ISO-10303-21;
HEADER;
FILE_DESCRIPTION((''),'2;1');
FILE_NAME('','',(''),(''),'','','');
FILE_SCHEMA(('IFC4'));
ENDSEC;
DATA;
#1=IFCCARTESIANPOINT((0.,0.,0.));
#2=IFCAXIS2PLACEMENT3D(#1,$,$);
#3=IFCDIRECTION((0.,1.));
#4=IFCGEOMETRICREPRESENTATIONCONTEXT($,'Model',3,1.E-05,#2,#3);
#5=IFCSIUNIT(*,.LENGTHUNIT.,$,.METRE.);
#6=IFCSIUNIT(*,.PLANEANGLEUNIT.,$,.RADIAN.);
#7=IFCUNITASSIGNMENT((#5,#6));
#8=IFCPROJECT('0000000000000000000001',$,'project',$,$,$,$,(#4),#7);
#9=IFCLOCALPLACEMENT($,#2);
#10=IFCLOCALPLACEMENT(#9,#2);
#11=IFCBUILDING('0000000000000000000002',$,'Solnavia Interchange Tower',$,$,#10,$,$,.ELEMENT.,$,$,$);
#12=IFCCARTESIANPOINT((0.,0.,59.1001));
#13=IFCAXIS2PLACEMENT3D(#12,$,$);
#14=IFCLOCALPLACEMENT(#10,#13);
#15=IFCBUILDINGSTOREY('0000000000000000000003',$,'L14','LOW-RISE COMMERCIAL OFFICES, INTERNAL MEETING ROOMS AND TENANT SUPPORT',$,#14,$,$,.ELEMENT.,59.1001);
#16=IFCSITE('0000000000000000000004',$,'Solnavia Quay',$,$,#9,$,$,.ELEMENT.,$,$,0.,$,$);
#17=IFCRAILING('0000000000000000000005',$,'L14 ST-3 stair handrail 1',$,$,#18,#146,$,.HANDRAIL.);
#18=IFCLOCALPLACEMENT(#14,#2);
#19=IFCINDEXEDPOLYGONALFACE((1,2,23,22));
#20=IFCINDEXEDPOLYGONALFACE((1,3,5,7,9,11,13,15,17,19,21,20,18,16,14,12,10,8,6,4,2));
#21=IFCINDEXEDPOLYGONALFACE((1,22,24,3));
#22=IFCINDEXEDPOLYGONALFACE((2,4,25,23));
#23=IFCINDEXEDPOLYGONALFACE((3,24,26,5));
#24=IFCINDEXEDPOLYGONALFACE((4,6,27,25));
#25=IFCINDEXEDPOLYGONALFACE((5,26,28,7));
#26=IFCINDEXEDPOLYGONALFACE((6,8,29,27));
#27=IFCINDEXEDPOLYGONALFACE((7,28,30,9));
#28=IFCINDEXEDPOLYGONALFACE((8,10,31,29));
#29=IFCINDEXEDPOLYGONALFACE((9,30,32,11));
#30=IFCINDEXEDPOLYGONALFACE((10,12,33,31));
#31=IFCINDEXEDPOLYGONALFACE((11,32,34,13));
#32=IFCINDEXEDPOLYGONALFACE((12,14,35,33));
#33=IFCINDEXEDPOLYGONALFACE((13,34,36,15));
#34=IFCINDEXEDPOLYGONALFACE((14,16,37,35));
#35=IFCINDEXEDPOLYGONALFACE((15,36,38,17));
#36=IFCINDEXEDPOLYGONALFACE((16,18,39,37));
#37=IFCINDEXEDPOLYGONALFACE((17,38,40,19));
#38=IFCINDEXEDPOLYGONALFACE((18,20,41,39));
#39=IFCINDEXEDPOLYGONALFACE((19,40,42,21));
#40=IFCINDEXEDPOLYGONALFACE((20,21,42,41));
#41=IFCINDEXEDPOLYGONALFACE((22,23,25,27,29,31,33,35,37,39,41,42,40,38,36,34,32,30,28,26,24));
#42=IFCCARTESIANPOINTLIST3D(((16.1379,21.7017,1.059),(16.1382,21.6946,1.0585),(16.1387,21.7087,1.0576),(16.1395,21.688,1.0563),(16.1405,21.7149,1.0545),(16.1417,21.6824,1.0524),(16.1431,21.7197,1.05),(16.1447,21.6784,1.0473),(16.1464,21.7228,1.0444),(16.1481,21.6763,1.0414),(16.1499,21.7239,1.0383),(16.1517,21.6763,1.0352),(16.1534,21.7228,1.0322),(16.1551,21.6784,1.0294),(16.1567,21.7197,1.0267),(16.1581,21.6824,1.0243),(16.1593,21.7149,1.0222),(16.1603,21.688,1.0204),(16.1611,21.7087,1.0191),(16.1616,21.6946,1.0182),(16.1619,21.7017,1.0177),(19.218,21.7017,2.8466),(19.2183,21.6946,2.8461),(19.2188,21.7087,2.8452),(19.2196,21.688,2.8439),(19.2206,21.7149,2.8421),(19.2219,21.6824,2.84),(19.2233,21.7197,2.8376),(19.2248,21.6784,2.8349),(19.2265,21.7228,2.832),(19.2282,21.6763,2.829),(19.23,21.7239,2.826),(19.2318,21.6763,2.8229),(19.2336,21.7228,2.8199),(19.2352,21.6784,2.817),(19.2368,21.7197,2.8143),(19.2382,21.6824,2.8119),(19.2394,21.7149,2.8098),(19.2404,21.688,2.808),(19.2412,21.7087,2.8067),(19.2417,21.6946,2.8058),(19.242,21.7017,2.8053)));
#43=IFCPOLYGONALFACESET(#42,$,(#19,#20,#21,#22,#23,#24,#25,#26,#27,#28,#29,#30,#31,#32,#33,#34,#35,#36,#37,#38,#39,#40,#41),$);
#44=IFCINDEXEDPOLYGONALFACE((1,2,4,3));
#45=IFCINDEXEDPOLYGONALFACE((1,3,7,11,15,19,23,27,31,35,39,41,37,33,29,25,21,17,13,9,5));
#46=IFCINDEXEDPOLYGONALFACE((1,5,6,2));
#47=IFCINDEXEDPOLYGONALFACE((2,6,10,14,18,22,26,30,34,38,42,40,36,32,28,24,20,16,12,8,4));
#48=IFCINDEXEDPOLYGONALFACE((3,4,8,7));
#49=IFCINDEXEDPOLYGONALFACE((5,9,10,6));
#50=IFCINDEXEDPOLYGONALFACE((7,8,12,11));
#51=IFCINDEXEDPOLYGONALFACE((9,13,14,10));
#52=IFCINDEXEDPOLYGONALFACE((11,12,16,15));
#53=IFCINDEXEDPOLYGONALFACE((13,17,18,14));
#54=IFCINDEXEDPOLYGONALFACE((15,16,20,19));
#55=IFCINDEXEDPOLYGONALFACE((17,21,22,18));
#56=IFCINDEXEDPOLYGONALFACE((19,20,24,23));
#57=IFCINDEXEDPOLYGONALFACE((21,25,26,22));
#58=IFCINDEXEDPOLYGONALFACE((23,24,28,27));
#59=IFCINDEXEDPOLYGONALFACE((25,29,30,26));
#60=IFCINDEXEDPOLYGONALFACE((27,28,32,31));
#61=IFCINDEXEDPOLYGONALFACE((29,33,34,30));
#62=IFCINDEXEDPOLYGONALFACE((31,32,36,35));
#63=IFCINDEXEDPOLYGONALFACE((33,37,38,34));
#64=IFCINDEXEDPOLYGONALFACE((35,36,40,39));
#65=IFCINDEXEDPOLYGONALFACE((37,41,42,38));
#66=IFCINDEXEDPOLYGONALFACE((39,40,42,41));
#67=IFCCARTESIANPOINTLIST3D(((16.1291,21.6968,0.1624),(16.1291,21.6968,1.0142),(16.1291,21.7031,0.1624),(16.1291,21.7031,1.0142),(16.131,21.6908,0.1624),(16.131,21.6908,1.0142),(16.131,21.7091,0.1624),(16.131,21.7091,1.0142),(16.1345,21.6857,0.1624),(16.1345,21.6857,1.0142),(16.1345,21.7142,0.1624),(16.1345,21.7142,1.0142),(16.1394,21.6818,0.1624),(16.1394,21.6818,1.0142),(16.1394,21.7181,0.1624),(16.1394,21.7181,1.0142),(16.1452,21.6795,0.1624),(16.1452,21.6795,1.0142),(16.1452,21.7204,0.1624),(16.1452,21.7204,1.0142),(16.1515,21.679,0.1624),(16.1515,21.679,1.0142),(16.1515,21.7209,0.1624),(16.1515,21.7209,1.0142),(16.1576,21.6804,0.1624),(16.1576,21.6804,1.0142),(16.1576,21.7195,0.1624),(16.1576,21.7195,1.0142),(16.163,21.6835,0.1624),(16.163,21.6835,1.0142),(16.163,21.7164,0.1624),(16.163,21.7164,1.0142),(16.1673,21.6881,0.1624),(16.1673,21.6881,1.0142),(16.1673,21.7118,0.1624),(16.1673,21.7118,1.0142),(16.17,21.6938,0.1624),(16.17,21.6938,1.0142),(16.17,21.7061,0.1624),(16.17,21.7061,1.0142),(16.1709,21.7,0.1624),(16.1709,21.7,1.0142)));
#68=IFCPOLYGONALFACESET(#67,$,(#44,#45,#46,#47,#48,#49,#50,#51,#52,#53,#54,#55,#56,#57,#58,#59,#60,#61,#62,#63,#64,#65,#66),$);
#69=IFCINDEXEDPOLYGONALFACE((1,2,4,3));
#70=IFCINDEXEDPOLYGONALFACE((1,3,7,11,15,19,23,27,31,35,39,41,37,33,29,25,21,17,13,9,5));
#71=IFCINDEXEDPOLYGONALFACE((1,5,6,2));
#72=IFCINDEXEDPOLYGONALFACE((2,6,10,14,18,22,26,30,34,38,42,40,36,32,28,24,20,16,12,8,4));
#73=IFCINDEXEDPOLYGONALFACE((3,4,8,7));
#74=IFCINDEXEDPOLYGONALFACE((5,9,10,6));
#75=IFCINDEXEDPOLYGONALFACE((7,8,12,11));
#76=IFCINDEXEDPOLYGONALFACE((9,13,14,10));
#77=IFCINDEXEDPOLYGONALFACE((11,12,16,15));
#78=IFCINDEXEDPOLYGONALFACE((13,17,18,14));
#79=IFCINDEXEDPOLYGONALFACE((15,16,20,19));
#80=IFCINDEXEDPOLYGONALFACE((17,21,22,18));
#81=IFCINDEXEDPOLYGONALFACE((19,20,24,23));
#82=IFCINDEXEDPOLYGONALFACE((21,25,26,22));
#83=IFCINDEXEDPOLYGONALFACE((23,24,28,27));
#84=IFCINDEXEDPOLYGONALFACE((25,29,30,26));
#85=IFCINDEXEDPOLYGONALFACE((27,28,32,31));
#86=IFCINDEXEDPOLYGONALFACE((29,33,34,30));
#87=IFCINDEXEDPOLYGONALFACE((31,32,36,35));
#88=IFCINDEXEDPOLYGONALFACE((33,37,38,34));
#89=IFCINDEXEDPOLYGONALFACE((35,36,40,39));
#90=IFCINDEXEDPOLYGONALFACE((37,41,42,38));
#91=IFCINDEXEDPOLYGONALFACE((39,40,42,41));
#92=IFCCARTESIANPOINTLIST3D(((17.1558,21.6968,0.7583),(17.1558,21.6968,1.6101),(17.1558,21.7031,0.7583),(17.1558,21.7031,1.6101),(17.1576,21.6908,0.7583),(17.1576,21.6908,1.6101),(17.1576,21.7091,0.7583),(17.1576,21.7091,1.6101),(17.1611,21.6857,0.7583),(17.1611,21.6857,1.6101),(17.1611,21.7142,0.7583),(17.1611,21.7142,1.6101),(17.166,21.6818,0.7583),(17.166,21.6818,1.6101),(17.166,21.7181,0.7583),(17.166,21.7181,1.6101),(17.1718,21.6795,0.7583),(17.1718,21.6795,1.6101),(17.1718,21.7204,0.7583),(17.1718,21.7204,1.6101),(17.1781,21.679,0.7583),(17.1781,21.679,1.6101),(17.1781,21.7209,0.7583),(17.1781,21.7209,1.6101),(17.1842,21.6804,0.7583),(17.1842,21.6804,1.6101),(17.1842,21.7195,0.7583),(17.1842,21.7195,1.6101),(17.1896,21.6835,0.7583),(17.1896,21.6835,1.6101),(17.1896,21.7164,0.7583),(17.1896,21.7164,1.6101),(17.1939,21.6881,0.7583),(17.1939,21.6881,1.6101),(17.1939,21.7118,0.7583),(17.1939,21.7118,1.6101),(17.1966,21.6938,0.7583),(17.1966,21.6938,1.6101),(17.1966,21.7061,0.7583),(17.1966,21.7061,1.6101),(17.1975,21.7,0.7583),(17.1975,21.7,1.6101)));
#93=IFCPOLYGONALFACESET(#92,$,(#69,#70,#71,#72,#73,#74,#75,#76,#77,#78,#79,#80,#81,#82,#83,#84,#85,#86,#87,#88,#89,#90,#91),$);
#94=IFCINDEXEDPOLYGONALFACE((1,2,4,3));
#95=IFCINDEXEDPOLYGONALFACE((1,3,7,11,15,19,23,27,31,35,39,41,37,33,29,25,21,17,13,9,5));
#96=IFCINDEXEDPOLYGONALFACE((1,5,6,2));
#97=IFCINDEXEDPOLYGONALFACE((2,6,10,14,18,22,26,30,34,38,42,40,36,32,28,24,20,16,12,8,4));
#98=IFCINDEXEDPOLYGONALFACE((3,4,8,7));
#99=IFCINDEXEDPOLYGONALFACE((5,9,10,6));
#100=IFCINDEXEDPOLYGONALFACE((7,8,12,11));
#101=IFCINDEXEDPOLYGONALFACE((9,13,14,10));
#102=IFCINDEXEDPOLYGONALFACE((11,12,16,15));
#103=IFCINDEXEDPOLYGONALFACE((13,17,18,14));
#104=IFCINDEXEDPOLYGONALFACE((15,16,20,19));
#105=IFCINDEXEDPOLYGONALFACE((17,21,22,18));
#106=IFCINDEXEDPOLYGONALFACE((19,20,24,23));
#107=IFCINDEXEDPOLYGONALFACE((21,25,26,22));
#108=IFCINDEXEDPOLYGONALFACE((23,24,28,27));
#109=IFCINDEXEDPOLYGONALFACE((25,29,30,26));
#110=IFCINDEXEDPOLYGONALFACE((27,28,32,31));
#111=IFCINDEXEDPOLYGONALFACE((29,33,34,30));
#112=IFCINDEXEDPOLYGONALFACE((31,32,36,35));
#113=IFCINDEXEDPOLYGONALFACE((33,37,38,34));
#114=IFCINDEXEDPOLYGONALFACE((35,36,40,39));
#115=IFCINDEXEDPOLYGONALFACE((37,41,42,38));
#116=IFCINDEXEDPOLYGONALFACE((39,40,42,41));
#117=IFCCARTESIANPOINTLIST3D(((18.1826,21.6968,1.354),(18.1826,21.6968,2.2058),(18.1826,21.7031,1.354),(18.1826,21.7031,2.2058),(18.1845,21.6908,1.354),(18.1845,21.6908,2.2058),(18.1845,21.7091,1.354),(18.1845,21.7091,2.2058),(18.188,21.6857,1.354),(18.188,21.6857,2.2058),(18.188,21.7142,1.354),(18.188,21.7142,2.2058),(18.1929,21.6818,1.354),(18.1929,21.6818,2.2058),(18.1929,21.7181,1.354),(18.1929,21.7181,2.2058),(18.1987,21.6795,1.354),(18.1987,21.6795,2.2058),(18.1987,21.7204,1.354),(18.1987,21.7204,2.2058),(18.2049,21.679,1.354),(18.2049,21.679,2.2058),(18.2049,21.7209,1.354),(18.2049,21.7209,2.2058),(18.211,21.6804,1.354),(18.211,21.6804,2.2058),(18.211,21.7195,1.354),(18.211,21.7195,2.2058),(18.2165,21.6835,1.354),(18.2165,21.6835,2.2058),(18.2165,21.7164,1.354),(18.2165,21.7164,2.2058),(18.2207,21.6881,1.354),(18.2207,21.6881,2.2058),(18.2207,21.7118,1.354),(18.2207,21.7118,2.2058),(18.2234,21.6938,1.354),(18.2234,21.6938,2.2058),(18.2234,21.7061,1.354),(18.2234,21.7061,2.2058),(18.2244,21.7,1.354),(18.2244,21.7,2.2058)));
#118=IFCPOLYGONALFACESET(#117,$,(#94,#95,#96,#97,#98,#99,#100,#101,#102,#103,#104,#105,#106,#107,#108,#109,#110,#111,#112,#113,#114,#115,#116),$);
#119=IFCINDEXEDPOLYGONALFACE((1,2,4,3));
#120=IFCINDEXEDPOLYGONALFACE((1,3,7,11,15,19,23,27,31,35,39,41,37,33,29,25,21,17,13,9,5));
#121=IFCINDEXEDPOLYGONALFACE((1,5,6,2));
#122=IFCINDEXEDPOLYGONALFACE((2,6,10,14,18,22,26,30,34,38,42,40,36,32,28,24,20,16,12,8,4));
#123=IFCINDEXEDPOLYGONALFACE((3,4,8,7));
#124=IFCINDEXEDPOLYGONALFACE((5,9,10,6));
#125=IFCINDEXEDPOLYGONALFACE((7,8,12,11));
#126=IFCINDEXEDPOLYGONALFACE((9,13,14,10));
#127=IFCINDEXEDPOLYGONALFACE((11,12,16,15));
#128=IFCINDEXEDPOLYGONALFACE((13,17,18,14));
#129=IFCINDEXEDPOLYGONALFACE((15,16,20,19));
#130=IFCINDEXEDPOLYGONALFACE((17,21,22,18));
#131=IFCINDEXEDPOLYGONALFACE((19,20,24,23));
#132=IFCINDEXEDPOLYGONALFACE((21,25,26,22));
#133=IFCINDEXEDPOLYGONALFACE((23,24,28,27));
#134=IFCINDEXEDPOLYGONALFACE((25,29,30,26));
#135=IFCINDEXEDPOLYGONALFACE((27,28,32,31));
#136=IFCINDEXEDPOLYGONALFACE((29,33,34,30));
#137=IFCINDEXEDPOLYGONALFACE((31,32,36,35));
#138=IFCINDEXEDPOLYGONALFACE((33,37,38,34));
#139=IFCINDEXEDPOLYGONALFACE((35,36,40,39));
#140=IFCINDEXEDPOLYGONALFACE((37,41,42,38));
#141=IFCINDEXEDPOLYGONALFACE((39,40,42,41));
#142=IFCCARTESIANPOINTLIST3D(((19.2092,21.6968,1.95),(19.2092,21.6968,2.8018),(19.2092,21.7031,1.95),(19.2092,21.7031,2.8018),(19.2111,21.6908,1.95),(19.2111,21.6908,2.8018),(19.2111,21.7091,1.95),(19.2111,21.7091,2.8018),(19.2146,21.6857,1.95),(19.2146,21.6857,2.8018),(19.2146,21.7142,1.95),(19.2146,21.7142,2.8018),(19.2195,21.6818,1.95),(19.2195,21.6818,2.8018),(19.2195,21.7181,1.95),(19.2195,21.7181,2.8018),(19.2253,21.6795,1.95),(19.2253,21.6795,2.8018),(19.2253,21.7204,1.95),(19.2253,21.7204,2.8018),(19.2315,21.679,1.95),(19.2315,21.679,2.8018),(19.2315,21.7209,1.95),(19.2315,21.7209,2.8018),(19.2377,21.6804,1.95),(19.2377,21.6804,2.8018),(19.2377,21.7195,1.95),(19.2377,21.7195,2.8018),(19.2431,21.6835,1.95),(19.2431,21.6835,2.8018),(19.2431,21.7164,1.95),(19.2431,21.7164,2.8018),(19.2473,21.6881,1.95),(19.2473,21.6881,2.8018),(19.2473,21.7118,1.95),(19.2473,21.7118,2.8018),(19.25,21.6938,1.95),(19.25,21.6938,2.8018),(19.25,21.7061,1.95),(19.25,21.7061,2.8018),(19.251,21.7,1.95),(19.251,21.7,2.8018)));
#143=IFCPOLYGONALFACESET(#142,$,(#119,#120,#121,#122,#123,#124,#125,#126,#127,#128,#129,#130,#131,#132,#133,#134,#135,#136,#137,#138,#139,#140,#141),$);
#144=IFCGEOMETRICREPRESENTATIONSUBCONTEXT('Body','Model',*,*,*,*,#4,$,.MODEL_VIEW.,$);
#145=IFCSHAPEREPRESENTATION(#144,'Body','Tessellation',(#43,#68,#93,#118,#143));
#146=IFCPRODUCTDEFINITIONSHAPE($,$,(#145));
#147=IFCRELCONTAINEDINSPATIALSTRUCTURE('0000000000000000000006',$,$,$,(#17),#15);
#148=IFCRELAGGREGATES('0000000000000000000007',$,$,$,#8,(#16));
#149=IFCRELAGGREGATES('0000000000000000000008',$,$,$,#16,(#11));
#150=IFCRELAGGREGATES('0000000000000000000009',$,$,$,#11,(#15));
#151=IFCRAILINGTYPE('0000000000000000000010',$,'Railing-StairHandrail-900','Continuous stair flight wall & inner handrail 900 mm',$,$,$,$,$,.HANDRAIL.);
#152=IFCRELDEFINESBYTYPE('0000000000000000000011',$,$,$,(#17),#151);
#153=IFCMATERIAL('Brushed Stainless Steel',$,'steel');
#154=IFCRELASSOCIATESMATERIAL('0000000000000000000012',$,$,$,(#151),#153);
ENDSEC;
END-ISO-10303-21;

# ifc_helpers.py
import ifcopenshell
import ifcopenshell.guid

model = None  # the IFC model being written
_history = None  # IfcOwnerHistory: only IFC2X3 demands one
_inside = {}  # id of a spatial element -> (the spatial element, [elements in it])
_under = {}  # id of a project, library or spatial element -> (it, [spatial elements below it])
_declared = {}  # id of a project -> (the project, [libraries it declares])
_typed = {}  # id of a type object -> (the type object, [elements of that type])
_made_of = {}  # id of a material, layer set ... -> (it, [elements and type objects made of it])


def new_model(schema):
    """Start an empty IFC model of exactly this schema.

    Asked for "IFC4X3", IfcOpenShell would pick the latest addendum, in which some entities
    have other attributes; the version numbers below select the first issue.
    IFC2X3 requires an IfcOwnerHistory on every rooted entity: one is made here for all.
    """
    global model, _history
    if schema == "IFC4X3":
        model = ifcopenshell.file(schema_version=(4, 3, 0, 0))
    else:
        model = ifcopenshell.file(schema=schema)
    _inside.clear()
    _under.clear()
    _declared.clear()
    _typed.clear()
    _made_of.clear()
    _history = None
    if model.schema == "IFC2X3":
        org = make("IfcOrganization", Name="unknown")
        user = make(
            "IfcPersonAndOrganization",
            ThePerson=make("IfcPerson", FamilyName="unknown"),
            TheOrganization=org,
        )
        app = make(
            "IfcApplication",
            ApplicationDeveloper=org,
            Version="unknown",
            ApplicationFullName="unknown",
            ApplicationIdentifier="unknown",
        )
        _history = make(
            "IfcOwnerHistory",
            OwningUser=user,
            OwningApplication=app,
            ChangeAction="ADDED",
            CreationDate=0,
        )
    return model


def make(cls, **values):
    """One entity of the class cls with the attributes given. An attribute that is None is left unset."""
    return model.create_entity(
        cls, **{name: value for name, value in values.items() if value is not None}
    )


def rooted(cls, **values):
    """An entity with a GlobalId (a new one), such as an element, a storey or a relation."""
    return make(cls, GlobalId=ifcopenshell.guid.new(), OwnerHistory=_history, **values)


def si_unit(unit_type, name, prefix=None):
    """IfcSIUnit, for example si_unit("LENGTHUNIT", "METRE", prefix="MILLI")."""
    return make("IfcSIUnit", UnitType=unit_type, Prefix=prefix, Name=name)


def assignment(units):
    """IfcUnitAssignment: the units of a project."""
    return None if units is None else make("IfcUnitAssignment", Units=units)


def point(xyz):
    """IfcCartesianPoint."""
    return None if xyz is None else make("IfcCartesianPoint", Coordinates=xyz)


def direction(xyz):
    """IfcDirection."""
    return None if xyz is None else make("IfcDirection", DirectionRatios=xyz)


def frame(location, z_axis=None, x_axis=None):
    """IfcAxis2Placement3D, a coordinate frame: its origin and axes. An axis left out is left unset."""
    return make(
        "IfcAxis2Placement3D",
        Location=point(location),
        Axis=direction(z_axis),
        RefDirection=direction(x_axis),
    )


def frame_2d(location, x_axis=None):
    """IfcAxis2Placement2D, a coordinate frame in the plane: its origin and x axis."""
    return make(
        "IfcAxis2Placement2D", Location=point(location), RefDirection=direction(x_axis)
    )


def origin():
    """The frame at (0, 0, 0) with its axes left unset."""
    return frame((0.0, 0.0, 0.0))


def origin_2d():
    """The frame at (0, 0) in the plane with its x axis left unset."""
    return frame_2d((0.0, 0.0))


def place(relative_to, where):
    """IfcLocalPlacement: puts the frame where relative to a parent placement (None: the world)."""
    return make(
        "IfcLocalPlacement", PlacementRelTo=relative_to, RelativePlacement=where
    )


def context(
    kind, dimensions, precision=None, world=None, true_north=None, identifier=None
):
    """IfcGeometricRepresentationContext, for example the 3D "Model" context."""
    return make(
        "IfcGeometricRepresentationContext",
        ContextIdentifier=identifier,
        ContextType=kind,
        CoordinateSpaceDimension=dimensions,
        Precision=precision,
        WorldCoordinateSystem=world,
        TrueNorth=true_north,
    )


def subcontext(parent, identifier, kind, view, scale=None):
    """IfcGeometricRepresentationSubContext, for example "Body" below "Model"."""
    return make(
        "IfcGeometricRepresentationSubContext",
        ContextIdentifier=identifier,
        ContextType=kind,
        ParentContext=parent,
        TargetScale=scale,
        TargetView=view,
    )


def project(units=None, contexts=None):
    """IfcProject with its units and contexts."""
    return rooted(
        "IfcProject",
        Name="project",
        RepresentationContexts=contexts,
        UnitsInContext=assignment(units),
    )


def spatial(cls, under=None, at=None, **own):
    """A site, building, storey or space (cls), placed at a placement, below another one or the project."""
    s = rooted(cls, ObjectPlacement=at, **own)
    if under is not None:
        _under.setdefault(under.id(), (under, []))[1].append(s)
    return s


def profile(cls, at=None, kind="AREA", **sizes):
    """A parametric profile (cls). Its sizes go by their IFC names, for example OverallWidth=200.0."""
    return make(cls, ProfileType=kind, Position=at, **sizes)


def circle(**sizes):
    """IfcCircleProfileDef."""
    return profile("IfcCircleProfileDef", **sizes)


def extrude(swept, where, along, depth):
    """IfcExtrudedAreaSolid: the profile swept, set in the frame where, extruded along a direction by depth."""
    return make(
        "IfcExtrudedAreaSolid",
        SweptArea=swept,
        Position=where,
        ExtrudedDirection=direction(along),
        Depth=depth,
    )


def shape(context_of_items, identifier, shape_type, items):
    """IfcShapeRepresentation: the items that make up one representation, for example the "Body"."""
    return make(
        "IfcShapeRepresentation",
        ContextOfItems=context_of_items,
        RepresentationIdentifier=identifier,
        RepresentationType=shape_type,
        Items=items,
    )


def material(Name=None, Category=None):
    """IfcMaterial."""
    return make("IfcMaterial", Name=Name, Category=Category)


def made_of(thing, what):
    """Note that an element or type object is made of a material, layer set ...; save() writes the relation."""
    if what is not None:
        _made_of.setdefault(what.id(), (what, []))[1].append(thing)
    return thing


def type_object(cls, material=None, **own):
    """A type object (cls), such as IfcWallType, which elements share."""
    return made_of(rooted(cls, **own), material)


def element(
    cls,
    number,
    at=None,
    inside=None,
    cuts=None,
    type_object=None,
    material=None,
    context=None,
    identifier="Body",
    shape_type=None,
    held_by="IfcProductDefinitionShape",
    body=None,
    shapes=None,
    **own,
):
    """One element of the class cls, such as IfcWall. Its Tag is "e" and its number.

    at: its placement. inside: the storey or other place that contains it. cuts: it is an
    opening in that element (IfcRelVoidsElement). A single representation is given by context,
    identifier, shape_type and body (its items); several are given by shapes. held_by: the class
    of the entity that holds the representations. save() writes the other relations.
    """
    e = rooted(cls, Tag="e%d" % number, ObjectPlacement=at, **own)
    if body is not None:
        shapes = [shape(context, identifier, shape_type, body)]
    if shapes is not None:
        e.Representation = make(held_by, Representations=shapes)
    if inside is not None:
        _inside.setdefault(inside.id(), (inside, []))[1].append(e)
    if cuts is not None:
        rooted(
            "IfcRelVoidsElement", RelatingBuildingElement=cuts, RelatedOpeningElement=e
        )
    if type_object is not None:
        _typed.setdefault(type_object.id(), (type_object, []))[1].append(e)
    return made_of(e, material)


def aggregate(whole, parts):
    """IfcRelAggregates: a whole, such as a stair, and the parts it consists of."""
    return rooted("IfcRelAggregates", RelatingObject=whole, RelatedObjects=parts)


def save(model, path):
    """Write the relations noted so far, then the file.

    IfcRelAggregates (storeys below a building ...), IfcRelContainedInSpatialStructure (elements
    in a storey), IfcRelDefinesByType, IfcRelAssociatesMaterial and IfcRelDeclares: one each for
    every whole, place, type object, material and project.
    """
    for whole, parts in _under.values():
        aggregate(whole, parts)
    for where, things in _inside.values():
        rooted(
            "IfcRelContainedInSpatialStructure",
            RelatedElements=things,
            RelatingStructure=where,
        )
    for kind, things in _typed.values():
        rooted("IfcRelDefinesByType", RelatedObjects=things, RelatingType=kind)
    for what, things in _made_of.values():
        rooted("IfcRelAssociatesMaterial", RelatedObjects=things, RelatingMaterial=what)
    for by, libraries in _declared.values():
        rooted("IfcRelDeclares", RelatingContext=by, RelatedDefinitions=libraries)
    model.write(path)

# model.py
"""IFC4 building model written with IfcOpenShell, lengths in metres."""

from ifc_helpers import new_model, si_unit, direction, frame, origin, origin_2d, place, context, subcontext, project, spatial, circle, extrude, material, type_object, element, save


model = new_model("IFC4")

# Units and contexts
model_context = context("Model", 3, precision=1e-05, world=origin(), true_north=direction((0.0, 1.0)))
body_context = subcontext(model_context, "Body", "Model", "MODEL_VIEW")
ifc_project = project(units=[si_unit("LENGTHUNIT", "METRE"), si_unit("PLANEANGLEUNIT", "RADIAN")], contexts=[model_context])

# Site, building, storey
site_placement = place(None, origin())
site = spatial("IfcSite", under=ifc_project, at=site_placement, Name="Solnavia Quay", CompositionType="ELEMENT", RefElevation=0.0)
building_placement = place(site_placement, origin())
building = spatial("IfcBuilding", under=site, at=building_placement, Name="Solnavia Interchange Tower", CompositionType="ELEMENT")
storey_placement = place(building_placement, frame((0.0, 0.0, 59.1001)))
storey = spatial("IfcBuildingStorey", under=building, at=storey_placement, Name="L14", Description="LOW-RISE COMMERCIAL OFFICES, INTERNAL MEETING ROOMS AND TENANT SUPPORT", CompositionType="ELEMENT", Elevation=59.1001)

# Railing
ifc_material_1 = material(Name="Brushed Stainless Steel", Category="steel")
railing_type_1 = type_object("IfcRailingType", Name="Railing-StairHandrail-900", Description="Continuous stair flight wall & inner handrail 900 mm", PredefinedType="HANDRAIL", material=ifc_material_1)
railing_1_placement = place(storey_placement, frame((16.1499, 21.7, 0.1624)))
element("IfcRailing", 1, at=railing_1_placement, inside=storey, type_object=railing_type_1, Name="L14 ST-3 stair handrail 1", PredefinedType="HANDRAIL", context=body_context, shape_type="SweptSolid", body=[
    extrude(circle(Radius=0.0239, at=origin_2d()), frame((0.0, 0.0, 0.876), z_axis=(0.864891, 0.0, 0.50196), x_axis=(0.0, 1.0, 0.0)), (0.0, 0.0, 1.0), 3.5613),
    extrude(circle(Radius=0.021, at=origin_2d()), origin(), (0.0, 0.0, 1.0), 0.8518),
    extrude(circle(Radius=0.021, at=origin_2d()), frame((1.0266, 0.0, 0.5959)), (0.0, 0.0, 1.0), 0.8518),
    extrude(circle(Radius=0.021, at=origin_2d()), frame((2.0535, 0.0, 1.1917)), (0.0, 0.0, 1.0), 0.8518),
    extrude(circle(Radius=0.021, at=origin_2d()), frame((3.0801, 0.0, 1.7876)), (0.0, 0.0, 1.0), 0.8518),
])

save(model, "model.ifc")
